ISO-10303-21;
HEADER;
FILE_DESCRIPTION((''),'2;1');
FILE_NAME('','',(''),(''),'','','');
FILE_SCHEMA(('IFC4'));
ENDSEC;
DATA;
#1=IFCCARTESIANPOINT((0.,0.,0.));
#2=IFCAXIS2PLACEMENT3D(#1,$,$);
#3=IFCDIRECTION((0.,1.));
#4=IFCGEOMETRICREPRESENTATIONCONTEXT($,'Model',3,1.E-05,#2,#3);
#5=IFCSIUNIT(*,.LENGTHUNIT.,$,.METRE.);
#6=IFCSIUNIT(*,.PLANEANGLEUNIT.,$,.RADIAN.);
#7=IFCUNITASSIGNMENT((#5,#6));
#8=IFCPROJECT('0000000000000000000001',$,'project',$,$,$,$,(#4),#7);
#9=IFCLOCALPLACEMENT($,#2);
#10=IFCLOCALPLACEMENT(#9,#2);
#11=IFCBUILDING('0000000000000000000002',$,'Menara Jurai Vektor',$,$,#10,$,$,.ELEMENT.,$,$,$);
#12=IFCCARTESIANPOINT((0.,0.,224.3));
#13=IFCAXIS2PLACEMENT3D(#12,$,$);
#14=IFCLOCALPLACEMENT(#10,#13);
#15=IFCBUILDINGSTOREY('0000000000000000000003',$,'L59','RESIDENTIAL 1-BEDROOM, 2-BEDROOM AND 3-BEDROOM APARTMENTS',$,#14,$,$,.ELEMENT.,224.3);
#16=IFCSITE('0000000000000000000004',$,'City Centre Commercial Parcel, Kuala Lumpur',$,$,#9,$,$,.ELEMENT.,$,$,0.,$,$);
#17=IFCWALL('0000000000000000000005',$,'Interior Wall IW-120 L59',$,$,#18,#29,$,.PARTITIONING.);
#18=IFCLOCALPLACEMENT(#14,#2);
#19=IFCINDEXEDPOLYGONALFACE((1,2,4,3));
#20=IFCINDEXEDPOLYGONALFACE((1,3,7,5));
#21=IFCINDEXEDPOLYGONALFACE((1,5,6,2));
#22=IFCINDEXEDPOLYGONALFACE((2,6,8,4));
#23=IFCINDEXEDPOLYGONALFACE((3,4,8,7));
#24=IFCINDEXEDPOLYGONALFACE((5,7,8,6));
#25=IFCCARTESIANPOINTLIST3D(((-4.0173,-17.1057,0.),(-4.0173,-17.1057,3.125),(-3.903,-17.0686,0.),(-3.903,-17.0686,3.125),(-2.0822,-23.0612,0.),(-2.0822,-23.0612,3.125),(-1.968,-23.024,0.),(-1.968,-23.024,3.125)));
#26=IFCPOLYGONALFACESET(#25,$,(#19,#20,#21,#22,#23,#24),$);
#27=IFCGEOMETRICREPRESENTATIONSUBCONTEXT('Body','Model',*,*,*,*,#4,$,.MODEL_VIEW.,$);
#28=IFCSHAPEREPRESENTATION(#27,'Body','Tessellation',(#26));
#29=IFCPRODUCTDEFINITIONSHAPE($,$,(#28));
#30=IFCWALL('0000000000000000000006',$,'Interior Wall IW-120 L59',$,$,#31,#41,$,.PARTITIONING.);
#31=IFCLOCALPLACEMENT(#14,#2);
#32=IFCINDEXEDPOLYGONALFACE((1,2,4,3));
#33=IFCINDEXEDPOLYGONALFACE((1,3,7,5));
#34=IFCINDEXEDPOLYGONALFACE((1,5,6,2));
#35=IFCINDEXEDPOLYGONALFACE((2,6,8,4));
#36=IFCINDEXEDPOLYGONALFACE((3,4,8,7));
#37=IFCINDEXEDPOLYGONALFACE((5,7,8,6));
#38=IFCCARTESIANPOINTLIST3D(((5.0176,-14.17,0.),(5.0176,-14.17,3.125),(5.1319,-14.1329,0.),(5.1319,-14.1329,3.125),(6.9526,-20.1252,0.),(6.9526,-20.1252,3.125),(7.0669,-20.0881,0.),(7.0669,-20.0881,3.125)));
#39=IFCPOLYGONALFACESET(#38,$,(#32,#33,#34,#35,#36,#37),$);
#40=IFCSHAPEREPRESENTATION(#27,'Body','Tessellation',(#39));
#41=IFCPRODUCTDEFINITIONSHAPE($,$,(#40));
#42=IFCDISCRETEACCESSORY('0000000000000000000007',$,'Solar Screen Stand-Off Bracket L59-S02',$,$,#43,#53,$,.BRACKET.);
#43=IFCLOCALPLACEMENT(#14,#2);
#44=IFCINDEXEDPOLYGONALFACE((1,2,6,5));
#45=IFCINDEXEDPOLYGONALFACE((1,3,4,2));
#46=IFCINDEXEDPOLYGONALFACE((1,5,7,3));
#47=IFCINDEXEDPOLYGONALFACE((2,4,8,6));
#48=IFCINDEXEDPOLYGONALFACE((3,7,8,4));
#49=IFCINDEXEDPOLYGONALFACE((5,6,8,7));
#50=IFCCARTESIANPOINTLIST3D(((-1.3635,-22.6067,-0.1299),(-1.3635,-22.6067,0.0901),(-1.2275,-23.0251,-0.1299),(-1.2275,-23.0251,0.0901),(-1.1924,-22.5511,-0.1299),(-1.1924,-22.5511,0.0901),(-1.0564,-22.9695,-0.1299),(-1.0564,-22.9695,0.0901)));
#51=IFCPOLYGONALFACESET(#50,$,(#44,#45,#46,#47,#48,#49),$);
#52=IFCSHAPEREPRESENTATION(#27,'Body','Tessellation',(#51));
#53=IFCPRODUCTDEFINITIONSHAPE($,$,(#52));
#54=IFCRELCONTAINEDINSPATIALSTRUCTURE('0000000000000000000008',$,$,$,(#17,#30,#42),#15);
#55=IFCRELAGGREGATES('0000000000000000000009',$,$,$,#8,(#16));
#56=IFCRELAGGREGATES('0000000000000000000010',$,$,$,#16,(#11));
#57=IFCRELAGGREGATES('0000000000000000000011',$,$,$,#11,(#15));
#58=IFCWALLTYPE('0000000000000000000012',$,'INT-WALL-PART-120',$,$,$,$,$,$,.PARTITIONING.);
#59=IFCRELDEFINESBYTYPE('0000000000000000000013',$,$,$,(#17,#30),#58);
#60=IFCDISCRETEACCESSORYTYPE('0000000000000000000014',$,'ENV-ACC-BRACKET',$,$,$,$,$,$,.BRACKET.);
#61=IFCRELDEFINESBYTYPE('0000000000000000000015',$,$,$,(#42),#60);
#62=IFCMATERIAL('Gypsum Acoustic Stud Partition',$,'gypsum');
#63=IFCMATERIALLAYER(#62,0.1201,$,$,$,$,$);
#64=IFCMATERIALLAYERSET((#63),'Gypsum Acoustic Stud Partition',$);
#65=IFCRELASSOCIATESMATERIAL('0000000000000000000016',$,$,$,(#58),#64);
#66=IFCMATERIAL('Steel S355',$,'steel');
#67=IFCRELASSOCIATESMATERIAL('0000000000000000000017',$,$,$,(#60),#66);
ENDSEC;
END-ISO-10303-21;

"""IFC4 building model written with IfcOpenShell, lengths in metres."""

from ifc_helpers import new_model, si_unit, direction, frame, frame_2d, origin, origin_2d, place, context, subcontext, project, spatial, rectangle, extrude, material, layer, layer_set, type_object, element, save


model = new_model("IFC4")

# Units and contexts
model_context = context("Model", 3, precision=1e-05, world=origin(), true_north=direction((0.0, 1.0)))
body_context = subcontext(model_context, "Body", "Model", "MODEL_VIEW")
ifc_project = project(units=[si_unit("LENGTHUNIT", "METRE"), si_unit("PLANEANGLEUNIT", "RADIAN")], contexts=[model_context])

# Site, building, storey
site_placement = place(None, origin())
site = spatial("IfcSite", under=ifc_project, at=site_placement, Name="City Centre Commercial Parcel, Kuala Lumpur", CompositionType="ELEMENT", RefElevation=0.0)
building_placement = place(site_placement, origin())
building = spatial("IfcBuilding", under=site, at=building_placement, Name="Menara Jurai Vektor", CompositionType="ELEMENT")
storey_placement = place(building_placement, frame((0.0, 0.0, 224.3)))
storey = spatial("IfcBuildingStorey", under=building, at=storey_placement, Name="L59", Description="RESIDENTIAL 1-BEDROOM, 2-BEDROOM AND 3-BEDROOM APARTMENTS", CompositionType="ELEMENT", Elevation=224.3)

# Shared definitions
ifc_material_1 = material(Name="Steel S355", Category="steel")

# Walls
ifc_material_2 = material(Name="Gypsum Acoustic Stud Partition", Category="gypsum")
ifc_layer_1 = layer(ifc_material_2, 0.1201)
ifc_layer_set_1 = layer_set([ifc_layer_1], Name="Gypsum Acoustic Stud Partition")
wall_type_1 = type_object("IfcWallType", Name="INT-WALL-PART-120", PredefinedType="PARTITIONING", material=ifc_layer_set_1)
wall_1_placement = place(storey_placement, frame((-2.0251, -23.0425, 0.0), z_axis=(0.0, 0.0, 1.0), x_axis=(-0.309014, 0.951058, 0.0)))
element("IfcWall", 1, at=wall_1_placement, inside=storey, type_object=wall_type_1, Name="Interior Wall IW-120 L59", PredefinedType="PARTITIONING", context=body_context, shape_type="SweptSolid", body=[
    extrude(rectangle(XDim=6.262, YDim=0.1201, at=frame_2d((3.1309, 0.0))), origin(), (0.0, 0.0, 1.0), 3.125),
])
wall_2_placement = place(storey_placement, frame((7.0098, -20.1067, 0.0), z_axis=(0.0, 0.0, 1.0), x_axis=(-0.309025, 0.951054, 0.0)))
element("IfcWall", 2, at=wall_2_placement, inside=storey, type_object=wall_type_1, Name="Interior Wall IW-120 L59", PredefinedType="PARTITIONING", context=body_context, shape_type="SweptSolid", body=[
    extrude(rectangle(XDim=6.2617, YDim=0.1201, at=frame_2d((3.1309, 0.0))), origin(), (0.0, 0.0, 1.0), 3.125),
])

# Discrete accessory
discrete_accessory_type = type_object("IfcDiscreteAccessoryType", Name="ENV-ACC-BRACKET", PredefinedType="BRACKET", material=ifc_material_1)
discrete_accessory_placement = place(storey_placement, frame((-1.21, -22.7881, -0.1299), z_axis=(0.0, 0.0, 1.0), x_axis=(0.951057, 0.309017, 0.0)))
element("IfcDiscreteAccessory", 3, at=discrete_accessory_placement, inside=storey, type_object=discrete_accessory_type, Name="Solar Screen Stand-Off Bracket L59-S02", PredefinedType="BRACKET", context=body_context, shape_type="SweptSolid", body=[
    extrude(rectangle(XDim=0.1799, YDim=0.4399, at=origin_2d()), origin(), (0.0, 0.0, 1.0), 0.22),
])

save(model, "model.ifc")
